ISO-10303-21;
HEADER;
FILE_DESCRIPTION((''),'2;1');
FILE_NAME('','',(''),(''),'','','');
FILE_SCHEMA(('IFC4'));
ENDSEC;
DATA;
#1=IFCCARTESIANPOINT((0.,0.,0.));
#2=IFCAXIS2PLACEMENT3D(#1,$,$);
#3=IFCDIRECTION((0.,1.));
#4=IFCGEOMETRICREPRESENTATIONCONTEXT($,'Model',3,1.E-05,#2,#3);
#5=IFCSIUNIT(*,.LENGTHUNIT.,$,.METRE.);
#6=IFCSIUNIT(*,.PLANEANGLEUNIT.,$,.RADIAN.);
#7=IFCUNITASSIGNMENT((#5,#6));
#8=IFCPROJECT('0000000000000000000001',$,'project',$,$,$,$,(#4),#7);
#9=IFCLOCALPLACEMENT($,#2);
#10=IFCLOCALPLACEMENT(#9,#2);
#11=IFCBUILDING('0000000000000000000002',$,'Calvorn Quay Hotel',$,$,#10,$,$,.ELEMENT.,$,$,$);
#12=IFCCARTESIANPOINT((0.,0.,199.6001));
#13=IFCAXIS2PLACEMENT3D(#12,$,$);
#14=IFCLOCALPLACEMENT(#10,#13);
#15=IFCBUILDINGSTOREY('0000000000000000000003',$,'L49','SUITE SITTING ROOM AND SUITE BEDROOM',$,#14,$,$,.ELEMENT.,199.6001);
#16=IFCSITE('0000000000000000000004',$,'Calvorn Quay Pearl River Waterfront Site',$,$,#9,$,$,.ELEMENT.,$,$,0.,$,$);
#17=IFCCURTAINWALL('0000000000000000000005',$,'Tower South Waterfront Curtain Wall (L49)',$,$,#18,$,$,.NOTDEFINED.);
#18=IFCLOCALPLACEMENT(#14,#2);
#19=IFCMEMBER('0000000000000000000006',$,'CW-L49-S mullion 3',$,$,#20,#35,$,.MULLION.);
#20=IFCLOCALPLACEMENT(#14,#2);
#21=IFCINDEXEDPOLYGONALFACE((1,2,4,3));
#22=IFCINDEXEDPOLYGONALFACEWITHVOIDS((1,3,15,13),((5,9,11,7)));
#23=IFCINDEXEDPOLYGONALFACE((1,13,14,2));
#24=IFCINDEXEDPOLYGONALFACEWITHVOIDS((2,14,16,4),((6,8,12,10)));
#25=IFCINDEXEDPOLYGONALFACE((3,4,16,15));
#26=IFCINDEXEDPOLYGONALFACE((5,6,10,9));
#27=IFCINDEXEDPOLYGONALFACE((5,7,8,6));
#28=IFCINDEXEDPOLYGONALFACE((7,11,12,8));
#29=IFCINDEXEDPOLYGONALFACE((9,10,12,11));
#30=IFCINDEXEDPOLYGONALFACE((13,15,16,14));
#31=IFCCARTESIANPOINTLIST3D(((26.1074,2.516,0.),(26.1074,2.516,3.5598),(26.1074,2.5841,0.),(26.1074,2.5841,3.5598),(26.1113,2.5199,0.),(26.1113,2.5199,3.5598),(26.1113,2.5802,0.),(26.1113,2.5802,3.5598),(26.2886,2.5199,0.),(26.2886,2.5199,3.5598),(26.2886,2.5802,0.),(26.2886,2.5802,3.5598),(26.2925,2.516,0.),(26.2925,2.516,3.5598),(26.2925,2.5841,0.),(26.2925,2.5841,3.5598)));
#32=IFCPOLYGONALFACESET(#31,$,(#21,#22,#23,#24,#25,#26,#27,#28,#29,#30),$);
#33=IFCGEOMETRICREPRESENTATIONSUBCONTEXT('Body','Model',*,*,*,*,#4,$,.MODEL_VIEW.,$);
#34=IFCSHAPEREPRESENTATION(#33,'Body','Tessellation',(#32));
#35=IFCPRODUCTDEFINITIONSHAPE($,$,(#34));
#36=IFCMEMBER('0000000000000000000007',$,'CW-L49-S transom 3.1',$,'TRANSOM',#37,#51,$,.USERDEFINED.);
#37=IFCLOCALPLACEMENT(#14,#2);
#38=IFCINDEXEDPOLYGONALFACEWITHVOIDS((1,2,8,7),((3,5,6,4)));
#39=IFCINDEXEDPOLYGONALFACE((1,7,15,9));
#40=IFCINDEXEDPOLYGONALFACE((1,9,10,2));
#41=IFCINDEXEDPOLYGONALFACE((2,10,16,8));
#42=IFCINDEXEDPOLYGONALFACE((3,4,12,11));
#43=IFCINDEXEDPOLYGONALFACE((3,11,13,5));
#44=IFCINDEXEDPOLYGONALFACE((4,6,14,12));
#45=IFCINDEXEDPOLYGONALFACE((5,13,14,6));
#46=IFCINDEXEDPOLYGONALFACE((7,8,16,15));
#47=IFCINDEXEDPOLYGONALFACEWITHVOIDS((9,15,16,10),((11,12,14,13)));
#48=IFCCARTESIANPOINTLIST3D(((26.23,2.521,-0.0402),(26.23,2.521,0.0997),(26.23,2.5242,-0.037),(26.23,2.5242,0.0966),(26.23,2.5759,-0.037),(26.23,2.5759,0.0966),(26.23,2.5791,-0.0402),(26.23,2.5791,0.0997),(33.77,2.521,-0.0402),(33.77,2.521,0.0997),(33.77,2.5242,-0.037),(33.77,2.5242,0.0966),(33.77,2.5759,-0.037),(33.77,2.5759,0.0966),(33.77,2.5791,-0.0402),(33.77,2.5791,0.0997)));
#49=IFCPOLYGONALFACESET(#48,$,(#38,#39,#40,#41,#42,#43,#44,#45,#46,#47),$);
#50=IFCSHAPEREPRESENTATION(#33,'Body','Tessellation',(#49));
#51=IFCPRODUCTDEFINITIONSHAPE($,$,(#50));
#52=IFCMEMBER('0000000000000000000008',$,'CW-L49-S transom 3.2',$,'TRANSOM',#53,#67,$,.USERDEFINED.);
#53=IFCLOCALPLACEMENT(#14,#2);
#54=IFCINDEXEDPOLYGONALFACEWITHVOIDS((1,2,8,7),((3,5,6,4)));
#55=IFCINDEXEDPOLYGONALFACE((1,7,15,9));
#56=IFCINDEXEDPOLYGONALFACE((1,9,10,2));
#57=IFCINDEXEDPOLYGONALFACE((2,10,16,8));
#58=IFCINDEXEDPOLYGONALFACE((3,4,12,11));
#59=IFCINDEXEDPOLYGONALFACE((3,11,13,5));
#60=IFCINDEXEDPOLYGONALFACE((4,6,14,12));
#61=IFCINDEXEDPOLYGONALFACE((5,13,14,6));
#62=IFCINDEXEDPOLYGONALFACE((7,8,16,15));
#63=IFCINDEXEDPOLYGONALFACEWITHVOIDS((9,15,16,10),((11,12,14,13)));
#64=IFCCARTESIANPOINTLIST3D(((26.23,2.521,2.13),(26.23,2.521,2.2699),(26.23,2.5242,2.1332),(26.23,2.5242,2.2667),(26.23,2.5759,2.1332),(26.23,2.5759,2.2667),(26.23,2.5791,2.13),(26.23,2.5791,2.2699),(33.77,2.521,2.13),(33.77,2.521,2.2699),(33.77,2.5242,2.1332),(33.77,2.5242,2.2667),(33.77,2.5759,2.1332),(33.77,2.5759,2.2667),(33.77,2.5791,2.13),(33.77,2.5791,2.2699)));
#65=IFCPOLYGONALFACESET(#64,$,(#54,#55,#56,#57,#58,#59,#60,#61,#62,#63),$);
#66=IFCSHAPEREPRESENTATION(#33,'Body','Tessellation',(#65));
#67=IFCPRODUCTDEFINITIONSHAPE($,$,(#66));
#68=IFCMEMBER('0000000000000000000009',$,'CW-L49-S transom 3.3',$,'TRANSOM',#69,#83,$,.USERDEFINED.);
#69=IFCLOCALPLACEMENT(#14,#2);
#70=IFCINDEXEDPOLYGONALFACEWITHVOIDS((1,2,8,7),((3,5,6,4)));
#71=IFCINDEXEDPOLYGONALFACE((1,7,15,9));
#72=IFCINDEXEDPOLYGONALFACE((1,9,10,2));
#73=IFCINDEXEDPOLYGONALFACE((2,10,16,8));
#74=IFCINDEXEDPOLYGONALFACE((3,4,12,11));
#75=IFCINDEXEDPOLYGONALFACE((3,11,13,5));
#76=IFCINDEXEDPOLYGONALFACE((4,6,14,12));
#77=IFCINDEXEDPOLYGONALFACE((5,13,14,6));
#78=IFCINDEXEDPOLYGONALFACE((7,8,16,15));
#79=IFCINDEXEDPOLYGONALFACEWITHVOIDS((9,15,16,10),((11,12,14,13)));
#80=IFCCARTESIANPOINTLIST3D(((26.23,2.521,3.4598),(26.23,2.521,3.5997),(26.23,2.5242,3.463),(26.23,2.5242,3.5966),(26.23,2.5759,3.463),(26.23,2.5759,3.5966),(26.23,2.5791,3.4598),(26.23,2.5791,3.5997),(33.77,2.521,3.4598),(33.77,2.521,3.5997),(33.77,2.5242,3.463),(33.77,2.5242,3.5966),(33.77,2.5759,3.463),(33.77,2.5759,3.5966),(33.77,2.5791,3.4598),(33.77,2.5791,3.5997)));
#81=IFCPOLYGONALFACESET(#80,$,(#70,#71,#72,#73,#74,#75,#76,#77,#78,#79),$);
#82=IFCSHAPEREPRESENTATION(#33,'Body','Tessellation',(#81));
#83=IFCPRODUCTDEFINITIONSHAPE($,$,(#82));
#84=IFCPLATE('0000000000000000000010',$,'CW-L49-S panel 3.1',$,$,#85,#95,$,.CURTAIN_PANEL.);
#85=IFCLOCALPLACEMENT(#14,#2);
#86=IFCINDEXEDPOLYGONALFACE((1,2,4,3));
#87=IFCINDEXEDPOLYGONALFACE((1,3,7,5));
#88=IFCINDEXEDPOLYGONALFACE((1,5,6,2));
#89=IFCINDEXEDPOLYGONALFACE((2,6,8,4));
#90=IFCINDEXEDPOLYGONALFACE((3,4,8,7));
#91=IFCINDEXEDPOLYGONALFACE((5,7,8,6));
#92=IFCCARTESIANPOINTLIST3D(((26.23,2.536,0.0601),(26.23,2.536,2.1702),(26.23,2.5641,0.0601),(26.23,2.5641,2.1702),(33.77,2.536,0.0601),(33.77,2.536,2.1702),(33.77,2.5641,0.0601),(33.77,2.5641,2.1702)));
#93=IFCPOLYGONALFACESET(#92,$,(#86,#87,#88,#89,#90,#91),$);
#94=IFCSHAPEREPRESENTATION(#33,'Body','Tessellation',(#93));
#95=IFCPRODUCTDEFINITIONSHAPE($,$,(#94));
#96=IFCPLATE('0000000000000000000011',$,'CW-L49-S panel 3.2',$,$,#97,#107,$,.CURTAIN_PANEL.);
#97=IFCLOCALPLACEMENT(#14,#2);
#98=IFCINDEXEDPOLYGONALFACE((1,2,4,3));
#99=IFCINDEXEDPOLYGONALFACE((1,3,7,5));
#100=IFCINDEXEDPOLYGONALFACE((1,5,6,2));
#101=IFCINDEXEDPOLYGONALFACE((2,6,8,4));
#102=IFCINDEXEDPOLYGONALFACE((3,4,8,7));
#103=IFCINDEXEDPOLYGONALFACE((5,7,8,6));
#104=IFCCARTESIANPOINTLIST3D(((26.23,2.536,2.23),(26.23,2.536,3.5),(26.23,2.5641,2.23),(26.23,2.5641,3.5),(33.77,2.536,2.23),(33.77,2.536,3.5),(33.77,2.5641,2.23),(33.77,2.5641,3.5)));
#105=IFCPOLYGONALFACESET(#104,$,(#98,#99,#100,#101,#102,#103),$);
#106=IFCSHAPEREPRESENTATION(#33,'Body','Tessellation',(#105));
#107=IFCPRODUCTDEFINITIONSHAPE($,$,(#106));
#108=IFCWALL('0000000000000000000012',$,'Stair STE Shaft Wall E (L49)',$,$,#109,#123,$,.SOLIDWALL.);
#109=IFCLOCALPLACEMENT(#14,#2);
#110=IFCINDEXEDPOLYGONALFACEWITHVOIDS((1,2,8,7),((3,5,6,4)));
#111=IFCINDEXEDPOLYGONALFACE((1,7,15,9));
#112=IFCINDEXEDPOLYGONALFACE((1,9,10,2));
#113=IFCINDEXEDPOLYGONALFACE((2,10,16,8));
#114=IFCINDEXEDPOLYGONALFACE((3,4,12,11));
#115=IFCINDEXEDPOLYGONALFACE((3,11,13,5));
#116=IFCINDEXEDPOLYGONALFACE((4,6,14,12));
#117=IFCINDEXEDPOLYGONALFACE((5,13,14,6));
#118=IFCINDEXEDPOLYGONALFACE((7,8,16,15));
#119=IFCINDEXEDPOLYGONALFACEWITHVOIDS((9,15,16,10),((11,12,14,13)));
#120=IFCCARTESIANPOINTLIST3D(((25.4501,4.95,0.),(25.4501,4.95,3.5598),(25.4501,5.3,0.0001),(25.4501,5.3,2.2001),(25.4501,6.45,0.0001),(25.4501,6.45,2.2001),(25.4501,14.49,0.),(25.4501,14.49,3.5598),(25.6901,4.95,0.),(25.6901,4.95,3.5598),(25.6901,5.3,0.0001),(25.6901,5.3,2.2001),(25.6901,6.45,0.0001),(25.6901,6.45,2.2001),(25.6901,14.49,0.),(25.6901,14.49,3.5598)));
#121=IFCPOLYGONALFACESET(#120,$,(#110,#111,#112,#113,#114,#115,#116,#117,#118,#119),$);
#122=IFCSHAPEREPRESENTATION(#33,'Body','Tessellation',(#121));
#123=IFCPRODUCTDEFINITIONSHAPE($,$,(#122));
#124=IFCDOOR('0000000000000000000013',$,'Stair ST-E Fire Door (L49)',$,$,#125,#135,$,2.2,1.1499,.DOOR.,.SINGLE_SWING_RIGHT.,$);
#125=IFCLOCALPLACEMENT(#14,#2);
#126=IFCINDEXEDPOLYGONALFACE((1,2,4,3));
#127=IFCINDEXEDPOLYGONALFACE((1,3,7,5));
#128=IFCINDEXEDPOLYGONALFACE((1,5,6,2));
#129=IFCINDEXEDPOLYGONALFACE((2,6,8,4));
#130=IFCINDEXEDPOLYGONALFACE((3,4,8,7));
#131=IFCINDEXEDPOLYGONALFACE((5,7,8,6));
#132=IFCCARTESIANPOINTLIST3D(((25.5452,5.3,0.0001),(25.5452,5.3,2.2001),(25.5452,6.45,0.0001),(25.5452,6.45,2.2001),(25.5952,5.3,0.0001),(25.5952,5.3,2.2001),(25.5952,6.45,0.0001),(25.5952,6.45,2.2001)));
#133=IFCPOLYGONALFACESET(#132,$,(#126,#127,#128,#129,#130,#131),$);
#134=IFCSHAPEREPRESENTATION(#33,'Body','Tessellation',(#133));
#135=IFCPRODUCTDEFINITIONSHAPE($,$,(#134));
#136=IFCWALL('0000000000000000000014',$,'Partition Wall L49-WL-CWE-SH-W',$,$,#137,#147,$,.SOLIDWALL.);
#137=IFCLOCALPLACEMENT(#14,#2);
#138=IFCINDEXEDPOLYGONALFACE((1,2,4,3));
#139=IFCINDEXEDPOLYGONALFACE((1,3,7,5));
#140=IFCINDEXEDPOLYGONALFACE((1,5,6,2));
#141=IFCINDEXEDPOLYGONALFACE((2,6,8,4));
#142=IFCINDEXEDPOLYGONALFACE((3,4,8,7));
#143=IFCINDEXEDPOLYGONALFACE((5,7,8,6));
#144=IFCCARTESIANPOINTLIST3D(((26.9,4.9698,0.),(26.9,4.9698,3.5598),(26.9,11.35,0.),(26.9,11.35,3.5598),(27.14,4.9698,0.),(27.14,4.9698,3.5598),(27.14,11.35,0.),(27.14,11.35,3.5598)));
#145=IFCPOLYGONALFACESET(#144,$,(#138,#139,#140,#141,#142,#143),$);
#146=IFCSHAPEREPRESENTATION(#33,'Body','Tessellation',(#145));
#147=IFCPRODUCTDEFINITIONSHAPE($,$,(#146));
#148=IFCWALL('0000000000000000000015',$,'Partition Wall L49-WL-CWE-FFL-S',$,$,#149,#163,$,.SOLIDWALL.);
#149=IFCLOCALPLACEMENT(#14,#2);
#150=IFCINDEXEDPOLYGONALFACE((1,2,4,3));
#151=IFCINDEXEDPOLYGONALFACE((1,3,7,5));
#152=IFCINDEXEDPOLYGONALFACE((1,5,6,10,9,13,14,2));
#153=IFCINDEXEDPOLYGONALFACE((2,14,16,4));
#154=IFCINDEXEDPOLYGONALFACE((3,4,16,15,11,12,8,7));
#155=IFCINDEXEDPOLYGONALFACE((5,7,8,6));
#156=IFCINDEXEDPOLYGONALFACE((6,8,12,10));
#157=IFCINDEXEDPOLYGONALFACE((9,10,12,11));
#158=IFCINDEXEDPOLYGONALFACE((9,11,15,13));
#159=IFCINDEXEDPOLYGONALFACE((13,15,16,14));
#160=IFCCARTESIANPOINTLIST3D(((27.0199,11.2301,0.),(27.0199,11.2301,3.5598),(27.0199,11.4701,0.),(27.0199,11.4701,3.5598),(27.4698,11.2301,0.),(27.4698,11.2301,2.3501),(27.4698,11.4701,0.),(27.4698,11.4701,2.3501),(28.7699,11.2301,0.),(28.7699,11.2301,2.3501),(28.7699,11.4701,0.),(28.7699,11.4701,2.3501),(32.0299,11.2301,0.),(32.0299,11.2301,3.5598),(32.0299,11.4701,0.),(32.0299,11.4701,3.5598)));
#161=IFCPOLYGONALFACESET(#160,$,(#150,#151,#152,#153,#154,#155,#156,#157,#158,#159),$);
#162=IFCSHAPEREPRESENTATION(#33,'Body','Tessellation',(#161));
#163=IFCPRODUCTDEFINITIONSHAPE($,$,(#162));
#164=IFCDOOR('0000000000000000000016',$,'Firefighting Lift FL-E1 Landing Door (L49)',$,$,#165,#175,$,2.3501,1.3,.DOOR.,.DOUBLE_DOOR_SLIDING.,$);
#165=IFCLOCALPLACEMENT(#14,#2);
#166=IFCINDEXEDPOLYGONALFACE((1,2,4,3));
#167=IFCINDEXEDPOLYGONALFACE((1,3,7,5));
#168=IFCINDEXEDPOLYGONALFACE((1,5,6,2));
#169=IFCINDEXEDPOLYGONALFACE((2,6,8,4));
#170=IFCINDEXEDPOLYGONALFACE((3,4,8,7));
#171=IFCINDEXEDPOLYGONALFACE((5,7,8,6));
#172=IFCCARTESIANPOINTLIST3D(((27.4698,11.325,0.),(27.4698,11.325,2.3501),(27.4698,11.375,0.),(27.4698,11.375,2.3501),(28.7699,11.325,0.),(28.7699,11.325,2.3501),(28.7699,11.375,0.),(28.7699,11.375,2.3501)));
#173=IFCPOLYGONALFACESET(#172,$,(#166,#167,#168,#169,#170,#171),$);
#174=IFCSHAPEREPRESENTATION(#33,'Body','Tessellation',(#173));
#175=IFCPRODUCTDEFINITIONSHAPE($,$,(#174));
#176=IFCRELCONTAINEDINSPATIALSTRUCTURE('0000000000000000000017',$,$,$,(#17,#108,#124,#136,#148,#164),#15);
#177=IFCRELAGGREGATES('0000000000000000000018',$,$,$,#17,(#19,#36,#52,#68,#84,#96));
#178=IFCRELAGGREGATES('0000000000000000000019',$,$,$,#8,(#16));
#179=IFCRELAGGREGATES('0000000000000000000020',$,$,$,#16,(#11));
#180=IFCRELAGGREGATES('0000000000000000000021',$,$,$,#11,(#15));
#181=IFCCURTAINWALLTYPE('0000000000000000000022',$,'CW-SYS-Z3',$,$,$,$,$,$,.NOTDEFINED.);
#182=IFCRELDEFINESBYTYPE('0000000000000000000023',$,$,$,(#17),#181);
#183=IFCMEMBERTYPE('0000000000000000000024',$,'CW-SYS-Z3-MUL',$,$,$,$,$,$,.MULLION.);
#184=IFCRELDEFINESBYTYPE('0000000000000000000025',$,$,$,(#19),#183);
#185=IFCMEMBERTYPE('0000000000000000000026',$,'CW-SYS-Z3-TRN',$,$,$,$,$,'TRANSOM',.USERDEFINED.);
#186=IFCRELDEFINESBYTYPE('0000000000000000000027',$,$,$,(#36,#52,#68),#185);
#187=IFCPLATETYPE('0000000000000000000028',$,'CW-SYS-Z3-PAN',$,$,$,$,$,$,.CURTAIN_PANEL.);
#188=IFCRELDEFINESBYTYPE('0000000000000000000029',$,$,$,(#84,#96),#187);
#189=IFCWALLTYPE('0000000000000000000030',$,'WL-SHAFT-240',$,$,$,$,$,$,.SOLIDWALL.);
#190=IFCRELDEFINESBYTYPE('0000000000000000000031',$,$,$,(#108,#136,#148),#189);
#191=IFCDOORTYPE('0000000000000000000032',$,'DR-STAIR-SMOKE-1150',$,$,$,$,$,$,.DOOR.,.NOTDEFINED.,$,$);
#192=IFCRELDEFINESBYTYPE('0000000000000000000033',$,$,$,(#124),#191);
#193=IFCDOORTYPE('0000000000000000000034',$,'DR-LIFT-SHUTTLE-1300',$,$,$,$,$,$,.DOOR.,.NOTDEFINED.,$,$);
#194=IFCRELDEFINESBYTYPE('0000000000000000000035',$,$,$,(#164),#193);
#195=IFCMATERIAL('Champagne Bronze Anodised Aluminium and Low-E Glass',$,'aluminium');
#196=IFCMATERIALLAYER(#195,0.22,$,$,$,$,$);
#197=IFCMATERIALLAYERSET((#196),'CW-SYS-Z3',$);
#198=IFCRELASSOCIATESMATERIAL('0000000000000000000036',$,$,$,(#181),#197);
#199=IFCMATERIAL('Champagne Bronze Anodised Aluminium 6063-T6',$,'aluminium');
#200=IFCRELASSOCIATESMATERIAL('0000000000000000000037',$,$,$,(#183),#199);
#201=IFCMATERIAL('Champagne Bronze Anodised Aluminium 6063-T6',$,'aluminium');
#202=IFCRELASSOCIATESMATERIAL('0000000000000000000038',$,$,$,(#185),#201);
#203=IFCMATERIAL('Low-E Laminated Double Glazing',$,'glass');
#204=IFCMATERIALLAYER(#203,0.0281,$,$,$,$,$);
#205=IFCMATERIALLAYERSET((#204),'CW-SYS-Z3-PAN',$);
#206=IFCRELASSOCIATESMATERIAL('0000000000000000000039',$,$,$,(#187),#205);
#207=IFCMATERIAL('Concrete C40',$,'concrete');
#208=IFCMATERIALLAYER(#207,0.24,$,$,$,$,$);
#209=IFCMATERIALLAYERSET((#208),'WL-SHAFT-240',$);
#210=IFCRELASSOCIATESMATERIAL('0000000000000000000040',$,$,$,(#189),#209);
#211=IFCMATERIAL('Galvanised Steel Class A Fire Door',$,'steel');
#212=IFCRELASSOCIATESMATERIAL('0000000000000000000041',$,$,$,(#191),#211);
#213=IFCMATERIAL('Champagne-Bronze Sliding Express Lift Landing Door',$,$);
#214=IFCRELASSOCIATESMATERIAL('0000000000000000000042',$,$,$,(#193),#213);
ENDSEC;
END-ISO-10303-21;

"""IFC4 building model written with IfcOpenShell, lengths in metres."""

from ifc_helpers import new_model, si_unit, direction, frame, frame_2d, origin, origin_2d, place, context, subcontext, project, spatial, rectangle, hollow_rectangle, extrude, material, layer, layer_set, material_profile, profile_set, type_object, element, fill, aggregate, save


model = new_model("IFC4")

# Units and contexts
model_context = context("Model", 3, precision=1e-05, world=origin(), true_north=direction((0.0, 1.0)))
body_context = subcontext(model_context, "Body", "Model", "MODEL_VIEW")
ifc_project = project(units=[si_unit("LENGTHUNIT", "METRE"), si_unit("PLANEANGLEUNIT", "RADIAN")], contexts=[model_context])

# Site, building, storey
site_placement = place(None, origin())
site = spatial("IfcSite", under=ifc_project, at=site_placement, Name="Calvorn Quay Pearl River Waterfront Site", CompositionType="ELEMENT", RefElevation=0.0)
building_placement = place(site_placement, origin())
building = spatial("IfcBuilding", under=site, at=building_placement, Name="Calvorn Quay Hotel", CompositionType="ELEMENT")
storey_placement = place(building_placement, frame((0.0, 0.0, 199.6001)))
storey = spatial("IfcBuildingStorey", under=building, at=storey_placement, Name="L49", Description="SUITE SITTING ROOM AND SUITE BEDROOM", CompositionType="ELEMENT", Elevation=199.6001)

# Curtain wall, members, plates
ifc_material_1 = material(Name="Champagne Bronze Anodised Aluminium and Low-E Glass", Category="aluminium")
ifc_layer_1 = layer(ifc_material_1, 0.22)
ifc_layer_set_1 = layer_set([ifc_layer_1], Name="CW-SYS-Z3")
curtain_wall_type = type_object("IfcCurtainWallType", Name="CW-SYS-Z3", PredefinedType="NOTDEFINED", material=ifc_layer_set_1)
curtain_wall_placement = place(storey_placement, origin())
curtain_wall = element("IfcCurtainWall", 1, at=curtain_wall_placement, inside=storey, type_object=curtain_wall_type, Name="Tower South Waterfront Curtain Wall (L49)", PredefinedType="NOTDEFINED")
ifc_material_2 = material(Name="Champagne Bronze Anodised Aluminium 6063-T6", Category="aluminium")
ifc_material_profile_1 = material_profile(ifc_material_2, hollow_rectangle(XDim=0.0681, YDim=0.1851, WallThickness=0.0039, at=origin_2d()), Name="ALU-M185x68x4")
ifc_profile_set_1 = profile_set([ifc_material_profile_1], Name="Champagne Bronze Anodised Aluminium 6063-T6")
member_type_1 = type_object("IfcMemberType", Name="CW-SYS-Z3-MUL", PredefinedType="MULLION", material=ifc_profile_set_1)
member_1_placement = place(storey_placement, frame((26.2, 2.55, 0.0), z_axis=(0.0, 0.0, 1.0), x_axis=(0.0, 1.0, 0.0)))
member_1 = element("IfcMember", 2, at=member_1_placement, type_object=member_type_1, Name="CW-L49-S mullion 3", PredefinedType="MULLION", context=body_context, shape_type="SweptSolid", body=[
    extrude(hollow_rectangle(XDim=0.0681, YDim=0.1851, WallThickness=0.0039, at=origin_2d()), origin(), (0.0, 0.0, 1.0), 3.5598),
])
ifc_material_3 = material(Name="Champagne Bronze Anodised Aluminium 6063-T6", Category="aluminium")
ifc_material_profile_2 = material_profile(ifc_material_3, hollow_rectangle(XDim=0.0581, YDim=0.1399, WallThickness=0.0032, at=origin_2d()), Name="ALU-T140x58x3.2")
ifc_profile_set_2 = profile_set([ifc_material_profile_2], Name="Champagne Bronze Anodised Aluminium 6063-T6")
member_type_2 = type_object("IfcMemberType", Name="CW-SYS-Z3-TRN", ElementType="TRANSOM", PredefinedType="USERDEFINED", material=ifc_profile_set_2)
member_2_placement = place(storey_placement, frame((26.23, 2.55, 0.0298), z_axis=(1.0, 0.0, 0.0), x_axis=(0.0, 1.0, 0.0)))
member_2 = element("IfcMember", 3, at=member_2_placement, type_object=member_type_2, Name="CW-L49-S transom 3.1", ObjectType="TRANSOM", PredefinedType="USERDEFINED", context=body_context, shape_type="SweptSolid", body=[
    extrude(hollow_rectangle(XDim=0.0581, YDim=0.1399, WallThickness=0.0032, at=origin_2d()), origin(), (0.0, 0.0, 1.0), 7.54),
])
member_3_placement = place(storey_placement, frame((26.23, 2.55, 2.2), z_axis=(1.0, 0.0, 0.0), x_axis=(0.0, 1.0, 0.0)))
member_3 = element("IfcMember", 4, at=member_3_placement, type_object=member_type_2, Name="CW-L49-S transom 3.2", ObjectType="TRANSOM", PredefinedType="USERDEFINED", context=body_context, shape_type="SweptSolid", body=[
    extrude(hollow_rectangle(XDim=0.0581, YDim=0.1399, WallThickness=0.0032, at=origin_2d()), origin(), (0.0, 0.0, 1.0), 7.54),
])
member_4_placement = place(storey_placement, frame((26.23, 2.55, 3.5298), z_axis=(1.0, 0.0, 0.0), x_axis=(0.0, 1.0, 0.0)))
member_4 = element("IfcMember", 5, at=member_4_placement, type_object=member_type_2, Name="CW-L49-S transom 3.3", ObjectType="TRANSOM", PredefinedType="USERDEFINED", context=body_context, shape_type="SweptSolid", body=[
    extrude(hollow_rectangle(XDim=0.0581, YDim=0.1399, WallThickness=0.0032, at=origin_2d()), origin(), (0.0, 0.0, 1.0), 7.54),
])
ifc_material_4 = material(Name="Low-E Laminated Double Glazing", Category="glass")
ifc_layer_2 = layer(ifc_material_4, 0.0281)
ifc_layer_set_2 = layer_set([ifc_layer_2], Name="CW-SYS-Z3-PAN")
plate_type = type_object("IfcPlateType", Name="CW-SYS-Z3-PAN", PredefinedType="CURTAIN_PANEL", material=ifc_layer_set_2)
plate_1_placement = place(storey_placement, frame((30.0, 2.55, 0.0601), z_axis=(0.0, 0.0, 1.0), x_axis=(1.0, 0.0, 0.0)))
plate_1 = element("IfcPlate", 6, at=plate_1_placement, type_object=plate_type, Name="CW-L49-S panel 3.1", PredefinedType="CURTAIN_PANEL", context=body_context, shape_type="SweptSolid", body=[
    extrude(rectangle(XDim=7.54, YDim=0.0281, at=origin_2d()), origin(), (0.0, 0.0, 1.0), 2.1101),
])
plate_2_placement = place(storey_placement, frame((30.0, 2.55, 2.23), z_axis=(0.0, 0.0, 1.0), x_axis=(1.0, 0.0, 0.0)))
plate_2 = element("IfcPlate", 7, at=plate_2_placement, type_object=plate_type, Name="CW-L49-S panel 3.2", PredefinedType="CURTAIN_PANEL", context=body_context, shape_type="SweptSolid", body=[
    extrude(rectangle(XDim=7.54, YDim=0.0281, at=origin_2d()), origin(), (0.0, 0.0, 1.0), 1.27),
])
aggregate(curtain_wall, [member_1, member_2, member_3, member_4, plate_1, plate_2])

# Wall, opening, door
ifc_material_5 = material(Name="Concrete C40", Category="concrete")
ifc_layer_3 = layer(ifc_material_5, 0.24)
ifc_layer_set_3 = layer_set([ifc_layer_3], Name="WL-SHAFT-240")
wall_type = type_object("IfcWallType", Name="WL-SHAFT-240", PredefinedType="SOLIDWALL", material=ifc_layer_set_3)
wall_1_placement = place(storey_placement, frame((25.5701, 4.95, 0.0), z_axis=(0.0, 0.0, 1.0), x_axis=(0.0, 1.0, 0.0)))
wall_1 = element("IfcWall", 8, at=wall_1_placement, inside=storey, type_object=wall_type, Name="Stair STE Shaft Wall E (L49)", PredefinedType="SOLIDWALL", context=body_context, shape_type="SweptSolid", body=[
    extrude(rectangle(XDim=9.54, YDim=0.24, at=frame_2d((4.77, 0.0))), origin(), (0.0, 0.0, 1.0), 3.5598),
])
opening_1_placement = place(wall_1_placement, frame((0.3501, 0.0, 0.0)))
opening_1 = element("IfcOpeningElement", 9, at=opening_1_placement, cuts=wall_1, PredefinedType="OPENING", context=body_context, shape_type="SweptSolid", body=[
    extrude(rectangle(XDim=1.1499, YDim=2.2, at=frame_2d((0.575, 1.1001))), frame((0.0, 0.1299, 0.0), z_axis=(0.0, -1.0, 0.0), x_axis=(1.0, 0.0, 0.0)), (0.0, 0.0, 1.0), 0.26),
])
ifc_material_6 = material(Name="Galvanised Steel Class A Fire Door", Category="steel")
door_type_1 = type_object("IfcDoorType", Name="DR-STAIR-SMOKE-1150", OperationType="NOTDEFINED", PredefinedType="DOOR", material=ifc_material_6)
door_1_placement = place(opening_1_placement, origin())
door_1 = element("IfcDoor", 10, at=door_1_placement, inside=storey, type_object=door_type_1, Name="Stair ST-E Fire Door (L49)", OperationType="SINGLE_SWING_RIGHT", OverallHeight=2.2, OverallWidth=1.1499, PredefinedType="DOOR", context=body_context, shape_type="SweptSolid", body=[
    extrude(rectangle(XDim=1.1499, YDim=2.2, at=frame_2d((0.575, 1.1001))), frame((0.0, 0.0249, 0.0), z_axis=(0.0, -1.0, 0.0), x_axis=(1.0, 0.0, 0.0)), (0.0, 0.0, 1.0), 0.05),
])
fill(opening_1, door_1)

# Wall
wall_2_placement = place(storey_placement, frame((27.02, 4.97, 0.0), z_axis=(0.0, 0.0, 1.0), x_axis=(0.0, 1.0, 0.0)))
element("IfcWall", 11, at=wall_2_placement, inside=storey, type_object=wall_type, Name="Partition Wall L49-WL-CWE-SH-W", PredefinedType="SOLIDWALL", context=body_context, shape_type="SweptSolid", body=[
    extrude(rectangle(XDim=6.3801, YDim=0.24, at=frame_2d((3.1899, 0.0))), origin(), (0.0, 0.0, 1.0), 3.5598),
])

# Wall, opening, door
wall_3_placement = place(storey_placement, frame((27.02, 11.3501, 0.0), z_axis=(0.0, 0.0, 1.0), x_axis=(1.0, 0.0, 0.0)))
wall_3 = element("IfcWall", 12, at=wall_3_placement, inside=storey, type_object=wall_type, Name="Partition Wall L49-WL-CWE-FFL-S", PredefinedType="SOLIDWALL", context=body_context, shape_type="SweptSolid", body=[
    extrude(rectangle(XDim=5.01, YDim=0.24, at=frame_2d((2.5049, 0.0))), origin(), (0.0, 0.0, 1.0), 3.5598),
])
opening_2_placement = place(wall_3_placement, frame((0.45, 0.0, 0.0)))
opening_2 = element("IfcOpeningElement", 13, at=opening_2_placement, cuts=wall_3, PredefinedType="OPENING", context=body_context, shape_type="SweptSolid", body=[
    extrude(rectangle(XDim=1.3, YDim=2.3501, at=frame_2d((0.6499, 1.175))), frame((0.0, 0.1299, 0.0), z_axis=(0.0, -1.0, 0.0), x_axis=(1.0, 0.0, 0.0)), (0.0, 0.0, 1.0), 0.26),
])
ifc_material_7 = material(Name="Champagne-Bronze Sliding Express Lift Landing Door")
door_type_2 = type_object("IfcDoorType", Name="DR-LIFT-SHUTTLE-1300", OperationType="NOTDEFINED", PredefinedType="DOOR", material=ifc_material_7)
door_2_placement = place(opening_2_placement, origin())
door_2 = element("IfcDoor", 14, at=door_2_placement, inside=storey, type_object=door_type_2, Name="Firefighting Lift FL-E1 Landing Door (L49)", OperationType="DOUBLE_DOOR_SLIDING", OverallHeight=2.3501, OverallWidth=1.3, PredefinedType="DOOR", context=body_context, shape_type="SweptSolid", body=[
    extrude(rectangle(XDim=1.3, YDim=2.3501, at=frame_2d((0.6499, 1.175))), frame((0.0, 0.0249, 0.0), z_axis=(0.0, -1.0, 0.0), x_axis=(1.0, 0.0, 0.0)), (0.0, 0.0, 1.0), 0.05),
])
fill(opening_2, door_2)

save(model, "model.ifc")
